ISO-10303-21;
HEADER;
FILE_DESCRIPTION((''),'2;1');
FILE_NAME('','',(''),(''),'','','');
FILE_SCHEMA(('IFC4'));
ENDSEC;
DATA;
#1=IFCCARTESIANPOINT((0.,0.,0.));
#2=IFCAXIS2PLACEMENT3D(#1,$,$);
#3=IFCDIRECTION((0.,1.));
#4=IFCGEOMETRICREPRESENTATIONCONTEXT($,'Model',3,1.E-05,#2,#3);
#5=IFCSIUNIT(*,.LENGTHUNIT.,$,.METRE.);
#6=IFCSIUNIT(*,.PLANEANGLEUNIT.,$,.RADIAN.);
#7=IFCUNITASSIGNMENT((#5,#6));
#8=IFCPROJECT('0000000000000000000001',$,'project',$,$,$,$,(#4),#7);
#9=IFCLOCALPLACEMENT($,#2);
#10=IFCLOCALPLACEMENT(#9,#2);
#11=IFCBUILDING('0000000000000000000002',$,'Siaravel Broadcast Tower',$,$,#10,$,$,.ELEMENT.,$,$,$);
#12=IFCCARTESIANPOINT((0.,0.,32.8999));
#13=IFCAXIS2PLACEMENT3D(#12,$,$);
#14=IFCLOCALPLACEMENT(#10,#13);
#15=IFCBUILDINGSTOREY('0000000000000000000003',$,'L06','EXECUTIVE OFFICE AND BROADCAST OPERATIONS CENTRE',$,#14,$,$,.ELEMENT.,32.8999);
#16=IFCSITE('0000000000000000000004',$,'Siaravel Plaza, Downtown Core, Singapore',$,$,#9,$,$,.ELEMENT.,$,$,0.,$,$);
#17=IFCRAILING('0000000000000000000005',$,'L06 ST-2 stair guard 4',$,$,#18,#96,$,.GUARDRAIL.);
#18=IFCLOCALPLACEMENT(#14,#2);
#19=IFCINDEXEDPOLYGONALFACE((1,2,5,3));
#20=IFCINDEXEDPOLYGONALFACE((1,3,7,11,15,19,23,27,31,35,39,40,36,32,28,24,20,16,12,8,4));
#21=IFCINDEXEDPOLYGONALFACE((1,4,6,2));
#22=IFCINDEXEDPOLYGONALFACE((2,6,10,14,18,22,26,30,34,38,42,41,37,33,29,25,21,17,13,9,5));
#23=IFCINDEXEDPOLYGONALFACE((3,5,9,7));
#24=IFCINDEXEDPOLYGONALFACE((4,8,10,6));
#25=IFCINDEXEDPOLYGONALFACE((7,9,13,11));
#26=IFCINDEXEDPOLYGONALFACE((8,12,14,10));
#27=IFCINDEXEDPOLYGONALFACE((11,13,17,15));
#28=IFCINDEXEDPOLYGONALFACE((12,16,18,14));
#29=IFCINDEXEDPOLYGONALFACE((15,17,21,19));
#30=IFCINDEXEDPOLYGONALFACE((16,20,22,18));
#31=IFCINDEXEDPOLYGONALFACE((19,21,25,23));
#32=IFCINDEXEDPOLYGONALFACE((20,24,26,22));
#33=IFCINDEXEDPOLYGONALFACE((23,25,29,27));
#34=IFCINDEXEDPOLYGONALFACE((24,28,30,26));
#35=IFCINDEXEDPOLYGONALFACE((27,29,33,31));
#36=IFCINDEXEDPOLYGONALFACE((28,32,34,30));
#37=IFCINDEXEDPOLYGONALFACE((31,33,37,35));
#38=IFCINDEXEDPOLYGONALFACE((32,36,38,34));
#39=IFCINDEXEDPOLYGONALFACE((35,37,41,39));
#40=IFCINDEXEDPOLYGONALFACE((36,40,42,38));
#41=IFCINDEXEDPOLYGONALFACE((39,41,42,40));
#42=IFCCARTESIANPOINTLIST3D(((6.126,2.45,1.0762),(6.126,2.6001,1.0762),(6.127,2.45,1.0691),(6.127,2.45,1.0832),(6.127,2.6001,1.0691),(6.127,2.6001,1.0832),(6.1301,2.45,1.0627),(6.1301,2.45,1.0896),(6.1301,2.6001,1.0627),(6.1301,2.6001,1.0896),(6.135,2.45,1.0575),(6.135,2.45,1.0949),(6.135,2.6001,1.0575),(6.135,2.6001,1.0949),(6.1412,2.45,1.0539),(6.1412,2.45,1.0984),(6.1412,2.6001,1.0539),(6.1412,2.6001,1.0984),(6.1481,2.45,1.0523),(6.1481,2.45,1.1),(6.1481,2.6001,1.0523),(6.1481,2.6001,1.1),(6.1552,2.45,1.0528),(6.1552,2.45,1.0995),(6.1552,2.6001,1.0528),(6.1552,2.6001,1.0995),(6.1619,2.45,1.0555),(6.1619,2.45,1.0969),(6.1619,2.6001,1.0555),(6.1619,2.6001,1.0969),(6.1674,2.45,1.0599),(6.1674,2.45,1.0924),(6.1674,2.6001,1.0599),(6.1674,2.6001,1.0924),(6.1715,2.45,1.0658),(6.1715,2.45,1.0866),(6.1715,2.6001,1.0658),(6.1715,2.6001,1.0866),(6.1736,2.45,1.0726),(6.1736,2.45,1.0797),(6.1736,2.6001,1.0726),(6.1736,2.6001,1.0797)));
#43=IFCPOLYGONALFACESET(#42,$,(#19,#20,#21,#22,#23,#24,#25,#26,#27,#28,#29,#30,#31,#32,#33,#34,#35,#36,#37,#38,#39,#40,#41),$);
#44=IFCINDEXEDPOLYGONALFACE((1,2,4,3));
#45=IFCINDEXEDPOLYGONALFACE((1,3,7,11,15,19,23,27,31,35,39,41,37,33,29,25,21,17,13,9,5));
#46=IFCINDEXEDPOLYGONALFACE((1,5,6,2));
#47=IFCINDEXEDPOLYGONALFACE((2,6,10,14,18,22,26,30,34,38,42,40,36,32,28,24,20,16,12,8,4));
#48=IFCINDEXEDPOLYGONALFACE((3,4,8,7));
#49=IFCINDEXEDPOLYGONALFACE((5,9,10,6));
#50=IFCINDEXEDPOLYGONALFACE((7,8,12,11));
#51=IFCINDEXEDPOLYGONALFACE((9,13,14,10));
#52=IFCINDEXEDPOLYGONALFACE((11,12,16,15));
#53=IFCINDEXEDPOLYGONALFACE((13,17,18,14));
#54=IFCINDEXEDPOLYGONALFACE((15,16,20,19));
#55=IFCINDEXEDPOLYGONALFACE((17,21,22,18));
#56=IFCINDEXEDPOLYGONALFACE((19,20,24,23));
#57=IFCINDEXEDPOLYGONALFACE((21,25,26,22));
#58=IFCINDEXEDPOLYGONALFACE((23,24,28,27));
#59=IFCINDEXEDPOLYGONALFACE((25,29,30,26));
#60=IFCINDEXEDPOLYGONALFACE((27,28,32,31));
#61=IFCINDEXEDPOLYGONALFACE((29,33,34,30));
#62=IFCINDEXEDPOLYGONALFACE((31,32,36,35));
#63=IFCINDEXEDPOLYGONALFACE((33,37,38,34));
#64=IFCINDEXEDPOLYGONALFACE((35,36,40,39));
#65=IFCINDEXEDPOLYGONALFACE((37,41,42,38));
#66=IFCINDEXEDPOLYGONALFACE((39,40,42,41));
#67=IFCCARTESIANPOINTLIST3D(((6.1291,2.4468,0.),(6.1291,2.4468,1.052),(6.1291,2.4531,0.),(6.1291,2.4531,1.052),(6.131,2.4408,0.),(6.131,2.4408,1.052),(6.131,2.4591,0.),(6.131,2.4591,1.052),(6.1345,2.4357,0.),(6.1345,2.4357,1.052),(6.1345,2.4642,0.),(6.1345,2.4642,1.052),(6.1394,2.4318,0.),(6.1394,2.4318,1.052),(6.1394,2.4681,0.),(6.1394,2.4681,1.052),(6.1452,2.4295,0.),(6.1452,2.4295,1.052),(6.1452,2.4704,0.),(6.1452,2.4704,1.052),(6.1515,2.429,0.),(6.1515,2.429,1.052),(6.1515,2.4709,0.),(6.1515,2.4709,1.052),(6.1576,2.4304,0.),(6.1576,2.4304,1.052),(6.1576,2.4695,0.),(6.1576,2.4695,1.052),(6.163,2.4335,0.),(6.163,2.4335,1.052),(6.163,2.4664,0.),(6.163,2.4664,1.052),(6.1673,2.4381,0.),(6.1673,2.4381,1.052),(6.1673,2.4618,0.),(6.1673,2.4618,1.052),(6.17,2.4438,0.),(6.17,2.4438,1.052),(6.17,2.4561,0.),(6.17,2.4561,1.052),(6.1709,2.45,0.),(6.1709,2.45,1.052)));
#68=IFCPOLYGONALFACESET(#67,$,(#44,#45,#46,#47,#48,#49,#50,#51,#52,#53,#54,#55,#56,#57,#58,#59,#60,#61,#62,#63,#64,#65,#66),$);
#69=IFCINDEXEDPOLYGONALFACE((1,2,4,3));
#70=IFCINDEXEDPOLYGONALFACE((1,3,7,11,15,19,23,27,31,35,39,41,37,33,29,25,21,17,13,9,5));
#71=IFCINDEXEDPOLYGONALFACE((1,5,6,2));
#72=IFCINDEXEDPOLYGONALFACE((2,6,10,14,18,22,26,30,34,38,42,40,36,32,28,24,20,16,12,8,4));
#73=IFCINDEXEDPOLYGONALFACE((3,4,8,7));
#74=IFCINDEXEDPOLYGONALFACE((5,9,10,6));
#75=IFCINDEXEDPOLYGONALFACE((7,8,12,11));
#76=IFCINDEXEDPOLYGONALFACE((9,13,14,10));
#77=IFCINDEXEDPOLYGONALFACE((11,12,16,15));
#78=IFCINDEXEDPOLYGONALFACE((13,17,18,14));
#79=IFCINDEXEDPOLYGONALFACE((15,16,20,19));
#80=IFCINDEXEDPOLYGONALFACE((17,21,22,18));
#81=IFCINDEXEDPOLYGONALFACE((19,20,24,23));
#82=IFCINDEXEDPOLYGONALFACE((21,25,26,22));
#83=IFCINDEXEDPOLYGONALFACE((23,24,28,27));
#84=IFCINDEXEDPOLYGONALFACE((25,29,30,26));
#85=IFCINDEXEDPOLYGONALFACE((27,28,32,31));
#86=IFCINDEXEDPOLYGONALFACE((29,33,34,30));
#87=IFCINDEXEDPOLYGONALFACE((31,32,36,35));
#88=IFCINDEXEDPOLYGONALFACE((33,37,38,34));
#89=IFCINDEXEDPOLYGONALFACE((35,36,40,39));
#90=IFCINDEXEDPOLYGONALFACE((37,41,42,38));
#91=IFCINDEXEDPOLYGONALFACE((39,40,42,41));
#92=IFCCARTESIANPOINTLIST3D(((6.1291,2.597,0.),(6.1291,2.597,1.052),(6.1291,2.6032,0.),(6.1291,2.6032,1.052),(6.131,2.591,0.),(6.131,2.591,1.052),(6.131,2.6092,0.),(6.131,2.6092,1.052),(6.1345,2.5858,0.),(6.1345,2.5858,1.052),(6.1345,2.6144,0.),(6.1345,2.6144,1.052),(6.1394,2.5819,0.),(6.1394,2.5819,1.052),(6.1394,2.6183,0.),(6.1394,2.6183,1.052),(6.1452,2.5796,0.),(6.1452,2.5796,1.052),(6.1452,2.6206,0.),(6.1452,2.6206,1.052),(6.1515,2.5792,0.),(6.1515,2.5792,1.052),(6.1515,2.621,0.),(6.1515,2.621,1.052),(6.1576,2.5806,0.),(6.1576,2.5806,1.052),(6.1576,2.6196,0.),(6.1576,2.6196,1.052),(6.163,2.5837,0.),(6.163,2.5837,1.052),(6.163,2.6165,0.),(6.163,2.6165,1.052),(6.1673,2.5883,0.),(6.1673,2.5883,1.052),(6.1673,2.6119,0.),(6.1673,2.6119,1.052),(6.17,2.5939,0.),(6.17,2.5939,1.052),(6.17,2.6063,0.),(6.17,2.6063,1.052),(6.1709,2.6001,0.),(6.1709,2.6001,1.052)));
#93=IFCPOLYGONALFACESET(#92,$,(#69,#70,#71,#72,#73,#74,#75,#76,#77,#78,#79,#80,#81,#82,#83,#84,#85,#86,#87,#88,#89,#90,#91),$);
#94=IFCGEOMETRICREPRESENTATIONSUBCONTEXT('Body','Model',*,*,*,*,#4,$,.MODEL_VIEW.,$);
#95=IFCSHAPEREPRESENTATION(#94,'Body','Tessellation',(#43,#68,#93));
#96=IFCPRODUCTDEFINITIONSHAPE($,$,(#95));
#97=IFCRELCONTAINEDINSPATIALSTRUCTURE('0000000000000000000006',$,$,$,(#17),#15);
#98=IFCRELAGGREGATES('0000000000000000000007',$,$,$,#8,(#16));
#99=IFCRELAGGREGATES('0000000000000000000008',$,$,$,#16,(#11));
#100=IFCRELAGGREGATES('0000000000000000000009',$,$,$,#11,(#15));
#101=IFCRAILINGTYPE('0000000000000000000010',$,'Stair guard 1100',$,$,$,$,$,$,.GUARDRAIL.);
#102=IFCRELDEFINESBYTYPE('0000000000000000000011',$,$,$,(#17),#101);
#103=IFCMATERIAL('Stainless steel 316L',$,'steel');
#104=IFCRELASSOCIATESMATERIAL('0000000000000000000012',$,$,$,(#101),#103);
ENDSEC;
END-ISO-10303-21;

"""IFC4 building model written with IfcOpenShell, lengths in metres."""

from ifc_helpers import new_model, si_unit, direction, frame, origin, origin_2d, place, context, subcontext, project, spatial, circle, extrude, material, type_object, element, save


model = new_model("IFC4")

# Units and contexts
model_context = context("Model", 3, precision=1e-05, world=origin(), true_north=direction((0.0, 1.0)))
body_context = subcontext(model_context, "Body", "Model", "MODEL_VIEW")
ifc_project = project(units=[si_unit("LENGTHUNIT", "METRE"), si_unit("PLANEANGLEUNIT", "RADIAN")], contexts=[model_context])

# Site, building, storey
site_placement = place(None, origin())
site = spatial("IfcSite", under=ifc_project, at=site_placement, Name="Siaravel Plaza, Downtown Core, Singapore", CompositionType="ELEMENT", RefElevation=0.0)
building_placement = place(site_placement, origin())
building = spatial("IfcBuilding", under=site, at=building_placement, Name="Siaravel Broadcast Tower", CompositionType="ELEMENT")
storey_placement = place(building_placement, frame((0.0, 0.0, 32.8999)))
storey = spatial("IfcBuildingStorey", under=building, at=storey_placement, Name="L06", Description="EXECUTIVE OFFICE AND BROADCAST OPERATIONS CENTRE", CompositionType="ELEMENT", Elevation=32.8999)

# Railing
ifc_material_1 = material(Name="Stainless steel 316L", Category="steel")
railing_type_1 = type_object("IfcRailingType", Name="Stair guard 1100", PredefinedType="GUARDRAIL", material=ifc_material_1)
railing_1_placement = place(storey_placement, frame((6.1499, 2.45, 0.0)))
element("IfcRailing", 1, at=railing_1_placement, inside=storey, type_object=railing_type_1, Name="L06 ST-2 stair guard 4", PredefinedType="GUARDRAIL", context=body_context, shape_type="SweptSolid", body=[
    extrude(circle(Radius=0.0239, at=origin_2d()), frame((0.0, 0.0, 1.0762), z_axis=(0.0, 1.0, 0.0), x_axis=(-1.0, 0.0, 0.0)), (0.0, 0.0, 1.0), 0.1501),
    extrude(circle(Radius=0.021, at=origin_2d()), origin(), (0.0, 0.0, 1.0), 1.052),
    extrude(circle(Radius=0.021, at=origin_2d()), frame((0.0, 0.1501, 0.0)), (0.0, 0.0, 1.0), 1.052),
])

save(model, "model.ifc")
